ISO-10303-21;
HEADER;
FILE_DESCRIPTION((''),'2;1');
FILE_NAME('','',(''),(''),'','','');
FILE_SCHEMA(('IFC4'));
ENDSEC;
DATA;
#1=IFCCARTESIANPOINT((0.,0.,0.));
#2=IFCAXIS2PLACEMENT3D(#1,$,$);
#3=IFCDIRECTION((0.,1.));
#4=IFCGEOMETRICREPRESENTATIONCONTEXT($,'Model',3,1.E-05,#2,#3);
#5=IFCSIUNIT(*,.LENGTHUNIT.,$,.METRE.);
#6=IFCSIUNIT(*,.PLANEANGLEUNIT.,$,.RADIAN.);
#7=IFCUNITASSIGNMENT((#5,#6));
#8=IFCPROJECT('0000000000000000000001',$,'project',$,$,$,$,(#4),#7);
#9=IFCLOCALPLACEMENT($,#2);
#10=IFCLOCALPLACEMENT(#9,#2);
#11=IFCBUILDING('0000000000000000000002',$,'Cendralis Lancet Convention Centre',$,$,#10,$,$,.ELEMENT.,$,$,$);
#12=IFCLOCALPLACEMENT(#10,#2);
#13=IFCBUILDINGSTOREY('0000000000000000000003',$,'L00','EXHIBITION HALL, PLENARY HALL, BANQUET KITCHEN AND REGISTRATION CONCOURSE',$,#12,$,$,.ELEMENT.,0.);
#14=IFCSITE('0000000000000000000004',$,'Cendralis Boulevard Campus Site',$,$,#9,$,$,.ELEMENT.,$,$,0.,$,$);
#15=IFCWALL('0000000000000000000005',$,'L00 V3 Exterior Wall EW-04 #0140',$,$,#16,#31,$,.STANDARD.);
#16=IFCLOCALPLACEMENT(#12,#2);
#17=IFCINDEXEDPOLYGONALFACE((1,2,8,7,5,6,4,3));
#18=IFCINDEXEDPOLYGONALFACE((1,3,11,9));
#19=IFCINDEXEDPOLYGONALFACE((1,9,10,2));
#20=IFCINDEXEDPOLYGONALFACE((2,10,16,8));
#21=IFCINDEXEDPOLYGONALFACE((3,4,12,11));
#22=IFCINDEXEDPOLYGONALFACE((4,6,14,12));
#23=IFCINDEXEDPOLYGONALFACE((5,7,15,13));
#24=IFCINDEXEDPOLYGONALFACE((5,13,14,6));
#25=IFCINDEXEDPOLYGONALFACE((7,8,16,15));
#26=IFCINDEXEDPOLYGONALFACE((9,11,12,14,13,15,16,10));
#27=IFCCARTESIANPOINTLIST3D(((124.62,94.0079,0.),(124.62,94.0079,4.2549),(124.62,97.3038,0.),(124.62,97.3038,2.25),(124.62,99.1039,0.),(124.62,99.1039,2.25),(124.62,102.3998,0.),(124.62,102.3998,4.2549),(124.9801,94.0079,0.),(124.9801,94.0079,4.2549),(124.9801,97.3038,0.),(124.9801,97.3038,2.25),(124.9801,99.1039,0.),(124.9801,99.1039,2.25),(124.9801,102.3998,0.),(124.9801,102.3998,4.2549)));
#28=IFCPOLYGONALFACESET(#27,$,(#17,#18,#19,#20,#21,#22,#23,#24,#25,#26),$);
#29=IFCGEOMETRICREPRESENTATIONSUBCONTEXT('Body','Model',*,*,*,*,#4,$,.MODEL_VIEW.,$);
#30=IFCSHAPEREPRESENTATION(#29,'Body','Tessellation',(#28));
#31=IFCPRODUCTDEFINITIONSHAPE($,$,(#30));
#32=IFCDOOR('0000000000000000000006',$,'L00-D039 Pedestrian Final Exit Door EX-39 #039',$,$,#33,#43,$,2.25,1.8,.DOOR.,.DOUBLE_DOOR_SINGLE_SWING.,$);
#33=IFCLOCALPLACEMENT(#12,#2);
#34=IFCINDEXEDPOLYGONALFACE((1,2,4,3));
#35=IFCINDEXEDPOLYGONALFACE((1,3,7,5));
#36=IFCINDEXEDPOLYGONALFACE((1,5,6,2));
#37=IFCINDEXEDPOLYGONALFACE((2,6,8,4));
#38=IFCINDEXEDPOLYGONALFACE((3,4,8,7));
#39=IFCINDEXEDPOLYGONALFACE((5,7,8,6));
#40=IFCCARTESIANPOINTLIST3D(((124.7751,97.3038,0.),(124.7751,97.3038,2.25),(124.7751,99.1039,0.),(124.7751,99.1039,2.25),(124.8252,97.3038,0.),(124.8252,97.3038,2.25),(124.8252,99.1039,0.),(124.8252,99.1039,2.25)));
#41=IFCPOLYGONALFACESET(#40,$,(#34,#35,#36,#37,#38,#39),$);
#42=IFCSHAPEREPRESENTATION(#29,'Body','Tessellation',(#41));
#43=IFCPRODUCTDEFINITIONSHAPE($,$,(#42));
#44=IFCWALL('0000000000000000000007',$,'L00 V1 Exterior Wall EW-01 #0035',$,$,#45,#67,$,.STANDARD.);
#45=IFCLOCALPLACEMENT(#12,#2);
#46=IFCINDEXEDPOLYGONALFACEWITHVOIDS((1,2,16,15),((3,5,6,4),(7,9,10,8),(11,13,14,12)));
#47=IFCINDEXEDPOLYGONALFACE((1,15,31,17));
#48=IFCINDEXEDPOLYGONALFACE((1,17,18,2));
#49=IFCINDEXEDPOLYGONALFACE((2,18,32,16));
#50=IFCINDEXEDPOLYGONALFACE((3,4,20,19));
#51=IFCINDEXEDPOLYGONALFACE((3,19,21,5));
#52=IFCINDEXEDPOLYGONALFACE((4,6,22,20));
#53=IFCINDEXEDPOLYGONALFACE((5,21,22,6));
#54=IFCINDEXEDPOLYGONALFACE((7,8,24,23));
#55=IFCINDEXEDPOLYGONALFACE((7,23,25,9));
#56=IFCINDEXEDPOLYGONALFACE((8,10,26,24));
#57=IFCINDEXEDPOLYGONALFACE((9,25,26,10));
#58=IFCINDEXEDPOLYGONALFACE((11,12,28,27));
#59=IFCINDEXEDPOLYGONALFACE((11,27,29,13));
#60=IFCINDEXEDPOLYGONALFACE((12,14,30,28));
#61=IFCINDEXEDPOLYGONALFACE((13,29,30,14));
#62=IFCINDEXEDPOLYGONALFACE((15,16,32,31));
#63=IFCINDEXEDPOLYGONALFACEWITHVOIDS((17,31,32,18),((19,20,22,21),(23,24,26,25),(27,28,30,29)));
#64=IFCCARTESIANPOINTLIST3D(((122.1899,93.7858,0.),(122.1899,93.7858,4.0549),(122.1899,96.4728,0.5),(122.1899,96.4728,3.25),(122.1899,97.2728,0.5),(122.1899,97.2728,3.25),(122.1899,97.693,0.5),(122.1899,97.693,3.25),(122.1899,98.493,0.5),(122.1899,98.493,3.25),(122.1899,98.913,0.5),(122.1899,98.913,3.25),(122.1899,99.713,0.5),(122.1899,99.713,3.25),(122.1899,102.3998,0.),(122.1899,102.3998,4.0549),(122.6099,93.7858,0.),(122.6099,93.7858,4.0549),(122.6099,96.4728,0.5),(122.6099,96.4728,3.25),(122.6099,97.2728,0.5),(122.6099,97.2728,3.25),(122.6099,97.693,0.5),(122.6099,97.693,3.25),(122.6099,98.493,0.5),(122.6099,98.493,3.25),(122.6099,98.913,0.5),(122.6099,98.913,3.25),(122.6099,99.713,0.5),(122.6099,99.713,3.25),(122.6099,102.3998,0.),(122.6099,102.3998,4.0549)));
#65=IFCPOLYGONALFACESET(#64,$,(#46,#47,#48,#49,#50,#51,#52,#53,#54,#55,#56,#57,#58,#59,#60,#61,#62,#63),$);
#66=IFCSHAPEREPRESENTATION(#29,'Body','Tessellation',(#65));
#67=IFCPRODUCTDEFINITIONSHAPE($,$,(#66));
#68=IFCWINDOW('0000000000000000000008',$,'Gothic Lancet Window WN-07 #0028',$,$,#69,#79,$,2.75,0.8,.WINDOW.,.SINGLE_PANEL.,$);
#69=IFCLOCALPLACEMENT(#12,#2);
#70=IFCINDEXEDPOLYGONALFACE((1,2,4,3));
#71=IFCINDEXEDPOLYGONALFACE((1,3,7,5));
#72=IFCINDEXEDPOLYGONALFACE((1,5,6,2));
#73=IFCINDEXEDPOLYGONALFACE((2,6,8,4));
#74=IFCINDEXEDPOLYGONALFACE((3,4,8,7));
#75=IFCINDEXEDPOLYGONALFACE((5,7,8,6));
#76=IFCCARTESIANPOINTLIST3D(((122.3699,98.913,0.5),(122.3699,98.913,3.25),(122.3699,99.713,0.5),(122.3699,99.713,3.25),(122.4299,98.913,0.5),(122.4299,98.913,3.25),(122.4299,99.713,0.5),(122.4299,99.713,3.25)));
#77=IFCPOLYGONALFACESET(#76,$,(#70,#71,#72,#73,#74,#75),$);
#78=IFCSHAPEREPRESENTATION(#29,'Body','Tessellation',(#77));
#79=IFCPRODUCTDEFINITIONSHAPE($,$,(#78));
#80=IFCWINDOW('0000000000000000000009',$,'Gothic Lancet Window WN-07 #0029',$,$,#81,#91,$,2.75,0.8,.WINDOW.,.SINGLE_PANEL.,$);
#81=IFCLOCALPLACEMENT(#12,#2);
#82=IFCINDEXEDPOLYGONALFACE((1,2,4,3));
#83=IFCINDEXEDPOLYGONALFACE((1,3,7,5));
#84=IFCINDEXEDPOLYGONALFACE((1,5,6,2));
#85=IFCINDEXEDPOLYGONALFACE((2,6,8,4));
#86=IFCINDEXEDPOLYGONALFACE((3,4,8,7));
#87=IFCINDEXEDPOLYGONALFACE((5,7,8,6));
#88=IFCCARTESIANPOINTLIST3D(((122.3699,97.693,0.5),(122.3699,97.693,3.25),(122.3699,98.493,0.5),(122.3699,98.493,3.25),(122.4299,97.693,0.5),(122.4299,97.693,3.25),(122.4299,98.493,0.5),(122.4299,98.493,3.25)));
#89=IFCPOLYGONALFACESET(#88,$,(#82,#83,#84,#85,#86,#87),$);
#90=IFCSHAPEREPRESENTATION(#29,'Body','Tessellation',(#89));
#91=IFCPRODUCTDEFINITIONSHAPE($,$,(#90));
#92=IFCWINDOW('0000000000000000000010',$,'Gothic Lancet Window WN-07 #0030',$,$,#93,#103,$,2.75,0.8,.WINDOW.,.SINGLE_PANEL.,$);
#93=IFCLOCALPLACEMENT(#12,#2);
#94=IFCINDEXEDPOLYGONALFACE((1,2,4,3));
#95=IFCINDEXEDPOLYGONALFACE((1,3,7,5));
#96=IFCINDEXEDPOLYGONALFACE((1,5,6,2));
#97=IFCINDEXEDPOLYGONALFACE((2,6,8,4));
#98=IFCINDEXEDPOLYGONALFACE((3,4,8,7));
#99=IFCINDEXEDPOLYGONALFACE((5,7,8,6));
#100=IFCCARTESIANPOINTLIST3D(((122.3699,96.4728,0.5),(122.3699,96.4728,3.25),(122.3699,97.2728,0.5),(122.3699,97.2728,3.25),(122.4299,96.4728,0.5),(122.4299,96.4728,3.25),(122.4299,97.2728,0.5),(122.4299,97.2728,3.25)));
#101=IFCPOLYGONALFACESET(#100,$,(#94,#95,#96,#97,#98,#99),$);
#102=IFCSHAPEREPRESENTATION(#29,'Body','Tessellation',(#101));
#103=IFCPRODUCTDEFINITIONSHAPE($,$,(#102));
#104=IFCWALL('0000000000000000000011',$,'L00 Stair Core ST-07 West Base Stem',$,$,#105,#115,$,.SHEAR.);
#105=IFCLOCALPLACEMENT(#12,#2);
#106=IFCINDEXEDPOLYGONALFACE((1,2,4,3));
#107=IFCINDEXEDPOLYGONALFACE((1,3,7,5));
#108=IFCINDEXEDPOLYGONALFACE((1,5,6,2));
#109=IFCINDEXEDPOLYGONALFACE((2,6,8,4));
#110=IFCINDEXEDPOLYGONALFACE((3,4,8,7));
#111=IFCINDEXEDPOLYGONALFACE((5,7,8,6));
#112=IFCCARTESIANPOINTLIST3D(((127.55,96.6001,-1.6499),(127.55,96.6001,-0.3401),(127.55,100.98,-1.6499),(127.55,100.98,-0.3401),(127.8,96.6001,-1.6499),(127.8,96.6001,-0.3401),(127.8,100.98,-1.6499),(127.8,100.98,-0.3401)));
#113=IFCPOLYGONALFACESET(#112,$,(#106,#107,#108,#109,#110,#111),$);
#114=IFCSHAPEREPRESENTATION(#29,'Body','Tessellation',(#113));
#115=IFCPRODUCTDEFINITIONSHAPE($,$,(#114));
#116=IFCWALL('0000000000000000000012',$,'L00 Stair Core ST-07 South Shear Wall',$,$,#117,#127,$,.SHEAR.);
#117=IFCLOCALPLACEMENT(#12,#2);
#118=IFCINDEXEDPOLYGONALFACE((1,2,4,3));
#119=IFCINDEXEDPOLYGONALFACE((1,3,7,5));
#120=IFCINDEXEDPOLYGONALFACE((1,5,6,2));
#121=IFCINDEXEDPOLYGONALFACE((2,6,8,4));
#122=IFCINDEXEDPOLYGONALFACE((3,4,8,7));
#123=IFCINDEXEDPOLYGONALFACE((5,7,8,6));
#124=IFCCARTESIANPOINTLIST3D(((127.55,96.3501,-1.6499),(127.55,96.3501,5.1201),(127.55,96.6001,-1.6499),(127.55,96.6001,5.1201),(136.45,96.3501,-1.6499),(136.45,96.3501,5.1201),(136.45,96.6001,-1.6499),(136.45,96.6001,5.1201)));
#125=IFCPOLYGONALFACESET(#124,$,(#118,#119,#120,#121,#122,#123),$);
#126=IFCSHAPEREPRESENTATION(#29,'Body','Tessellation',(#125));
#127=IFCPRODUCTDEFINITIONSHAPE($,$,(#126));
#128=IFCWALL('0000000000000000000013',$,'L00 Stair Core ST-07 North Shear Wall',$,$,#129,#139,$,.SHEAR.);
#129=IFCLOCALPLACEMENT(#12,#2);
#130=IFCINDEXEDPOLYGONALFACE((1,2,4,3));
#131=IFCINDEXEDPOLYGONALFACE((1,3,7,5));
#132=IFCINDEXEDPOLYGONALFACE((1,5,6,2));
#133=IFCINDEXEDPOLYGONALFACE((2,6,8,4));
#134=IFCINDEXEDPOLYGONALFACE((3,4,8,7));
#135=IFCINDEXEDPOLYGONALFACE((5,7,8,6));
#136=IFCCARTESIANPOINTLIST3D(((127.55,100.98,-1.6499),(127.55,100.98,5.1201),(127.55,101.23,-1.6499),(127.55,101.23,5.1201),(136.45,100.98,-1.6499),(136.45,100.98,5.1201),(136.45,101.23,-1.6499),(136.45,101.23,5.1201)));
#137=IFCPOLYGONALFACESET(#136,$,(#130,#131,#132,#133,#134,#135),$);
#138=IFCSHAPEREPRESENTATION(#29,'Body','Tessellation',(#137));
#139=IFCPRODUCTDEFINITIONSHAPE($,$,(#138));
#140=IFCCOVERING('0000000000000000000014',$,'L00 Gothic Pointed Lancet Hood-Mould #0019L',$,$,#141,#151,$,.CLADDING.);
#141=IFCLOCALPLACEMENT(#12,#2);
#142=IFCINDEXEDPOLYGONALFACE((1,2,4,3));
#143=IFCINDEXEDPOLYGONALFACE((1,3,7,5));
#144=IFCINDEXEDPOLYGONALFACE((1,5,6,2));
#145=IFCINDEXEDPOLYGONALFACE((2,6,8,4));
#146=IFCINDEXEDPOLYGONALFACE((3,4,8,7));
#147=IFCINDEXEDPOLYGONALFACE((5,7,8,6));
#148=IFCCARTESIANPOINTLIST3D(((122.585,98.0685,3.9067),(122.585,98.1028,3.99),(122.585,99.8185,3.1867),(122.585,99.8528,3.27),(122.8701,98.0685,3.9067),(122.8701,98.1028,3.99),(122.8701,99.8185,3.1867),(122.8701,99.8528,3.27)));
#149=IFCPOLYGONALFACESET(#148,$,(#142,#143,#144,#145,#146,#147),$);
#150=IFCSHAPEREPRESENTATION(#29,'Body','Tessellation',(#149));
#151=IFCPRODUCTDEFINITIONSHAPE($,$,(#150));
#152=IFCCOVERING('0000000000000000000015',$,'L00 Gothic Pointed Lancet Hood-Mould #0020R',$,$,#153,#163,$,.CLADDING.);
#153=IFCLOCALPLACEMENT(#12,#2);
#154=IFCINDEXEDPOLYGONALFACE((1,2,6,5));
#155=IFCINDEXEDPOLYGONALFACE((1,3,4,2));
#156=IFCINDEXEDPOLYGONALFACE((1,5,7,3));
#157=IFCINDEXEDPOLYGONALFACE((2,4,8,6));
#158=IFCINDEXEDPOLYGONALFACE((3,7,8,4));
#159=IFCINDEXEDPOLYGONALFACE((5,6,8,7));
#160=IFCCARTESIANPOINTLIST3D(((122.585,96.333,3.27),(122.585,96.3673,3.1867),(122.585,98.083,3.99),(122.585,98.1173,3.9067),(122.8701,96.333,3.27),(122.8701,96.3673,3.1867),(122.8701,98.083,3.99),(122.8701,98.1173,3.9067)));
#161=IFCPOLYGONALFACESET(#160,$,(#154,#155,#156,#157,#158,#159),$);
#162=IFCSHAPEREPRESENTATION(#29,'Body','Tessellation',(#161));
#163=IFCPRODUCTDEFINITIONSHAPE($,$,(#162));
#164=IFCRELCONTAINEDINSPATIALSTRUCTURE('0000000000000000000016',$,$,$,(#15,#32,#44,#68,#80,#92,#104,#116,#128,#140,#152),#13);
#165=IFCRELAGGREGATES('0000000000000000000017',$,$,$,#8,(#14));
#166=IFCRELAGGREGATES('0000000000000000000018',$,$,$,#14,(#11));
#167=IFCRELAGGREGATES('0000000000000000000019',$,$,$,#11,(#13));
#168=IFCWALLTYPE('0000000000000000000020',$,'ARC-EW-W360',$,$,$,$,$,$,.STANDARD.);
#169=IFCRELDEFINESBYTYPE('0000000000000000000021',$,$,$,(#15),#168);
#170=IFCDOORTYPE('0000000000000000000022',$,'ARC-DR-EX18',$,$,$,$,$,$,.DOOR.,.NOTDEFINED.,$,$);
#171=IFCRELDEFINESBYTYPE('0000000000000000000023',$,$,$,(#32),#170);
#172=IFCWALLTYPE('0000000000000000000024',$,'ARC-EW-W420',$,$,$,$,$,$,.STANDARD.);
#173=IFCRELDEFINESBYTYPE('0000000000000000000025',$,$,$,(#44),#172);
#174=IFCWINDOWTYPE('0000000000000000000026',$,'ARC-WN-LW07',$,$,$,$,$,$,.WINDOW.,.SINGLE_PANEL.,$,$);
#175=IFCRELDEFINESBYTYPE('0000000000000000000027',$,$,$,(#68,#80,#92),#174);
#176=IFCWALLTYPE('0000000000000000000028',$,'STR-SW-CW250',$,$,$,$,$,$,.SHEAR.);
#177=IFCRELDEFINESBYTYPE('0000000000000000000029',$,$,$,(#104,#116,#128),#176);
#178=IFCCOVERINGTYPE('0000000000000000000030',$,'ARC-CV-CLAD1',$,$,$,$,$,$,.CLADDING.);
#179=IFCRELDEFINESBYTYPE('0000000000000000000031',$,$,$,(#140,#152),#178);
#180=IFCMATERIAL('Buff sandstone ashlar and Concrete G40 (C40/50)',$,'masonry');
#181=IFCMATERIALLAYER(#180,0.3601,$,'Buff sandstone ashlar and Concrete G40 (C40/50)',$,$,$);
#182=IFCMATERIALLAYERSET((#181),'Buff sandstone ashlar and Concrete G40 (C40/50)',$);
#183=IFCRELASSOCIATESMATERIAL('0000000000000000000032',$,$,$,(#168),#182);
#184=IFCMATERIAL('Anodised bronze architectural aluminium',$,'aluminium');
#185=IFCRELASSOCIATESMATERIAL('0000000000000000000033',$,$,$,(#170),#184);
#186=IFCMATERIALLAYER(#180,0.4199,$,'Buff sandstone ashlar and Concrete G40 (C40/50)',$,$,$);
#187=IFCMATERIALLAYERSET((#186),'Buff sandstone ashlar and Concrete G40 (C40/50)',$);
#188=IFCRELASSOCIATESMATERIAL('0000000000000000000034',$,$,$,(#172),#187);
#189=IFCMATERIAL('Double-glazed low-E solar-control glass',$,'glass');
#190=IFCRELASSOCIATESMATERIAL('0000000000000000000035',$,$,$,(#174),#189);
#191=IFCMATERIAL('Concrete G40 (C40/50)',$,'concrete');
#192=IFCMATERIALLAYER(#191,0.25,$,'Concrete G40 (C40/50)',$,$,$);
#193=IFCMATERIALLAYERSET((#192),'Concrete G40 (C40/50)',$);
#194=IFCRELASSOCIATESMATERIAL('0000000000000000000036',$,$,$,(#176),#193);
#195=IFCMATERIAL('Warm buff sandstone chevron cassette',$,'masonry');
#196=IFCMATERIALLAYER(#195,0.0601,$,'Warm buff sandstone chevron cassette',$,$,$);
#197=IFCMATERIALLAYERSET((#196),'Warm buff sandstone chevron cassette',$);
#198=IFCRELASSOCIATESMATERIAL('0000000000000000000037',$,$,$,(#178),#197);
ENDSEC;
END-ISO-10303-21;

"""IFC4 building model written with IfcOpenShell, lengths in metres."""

from ifc_helpers import new_model, si_unit, direction, frame, frame_2d, origin, place, context, subcontext, project, spatial, polyline, rectangle, outline, extrude, material, layer, layer_set, type_object, element, fill, save


model = new_model("IFC4")

# Units and contexts
model_context = context("Model", 3, precision=1e-05, world=origin(), true_north=direction((0.0, 1.0)))
body_context = subcontext(model_context, "Body", "Model", "MODEL_VIEW")
ifc_project = project(units=[si_unit("LENGTHUNIT", "METRE"), si_unit("PLANEANGLEUNIT", "RADIAN")], contexts=[model_context])

# Site, building, storey
site_placement = place(None, origin())
site = spatial("IfcSite", under=ifc_project, at=site_placement, Name="Cendralis Boulevard Campus Site", CompositionType="ELEMENT", RefElevation=0.0)
building_placement = place(site_placement, origin())
building = spatial("IfcBuilding", under=site, at=building_placement, Name="Cendralis Lancet Convention Centre", CompositionType="ELEMENT")
storey_placement = place(building_placement, origin())
storey = spatial("IfcBuildingStorey", under=building, at=storey_placement, Name="L00", Description="EXHIBITION HALL, PLENARY HALL, BANQUET KITCHEN AND REGISTRATION CONCOURSE", CompositionType="ELEMENT", Elevation=0.0)

# Shared definitions
ifc_material_1 = material(Name="Anodised bronze architectural aluminium", Category="aluminium")

# Shared definitions
ifc_material_2 = material(Name="Double-glazed low-E solar-control glass", Category="glass")

# Wall, opening, door
ifc_material_3 = material(Name="Buff sandstone ashlar and Concrete G40 (C40/50)", Category="masonry")
ifc_layer_1 = layer(ifc_material_3, 0.3601, Name="Buff sandstone ashlar and Concrete G40 (C40/50)")
ifc_layer_set_1 = layer_set([ifc_layer_1], Name="Buff sandstone ashlar and Concrete G40 (C40/50)")
wall_type_1 = type_object("IfcWallType", Name="ARC-EW-W360", PredefinedType="STANDARD", material=ifc_layer_set_1)
wall_1_placement = place(storey_placement, frame((124.8, 94.0081, 0.0), z_axis=(0.0, 0.0, 1.0), x_axis=(0.0, 1.0, 0.0)))
wall_1 = element("IfcWall", 1, at=wall_1_placement, inside=storey, type_object=wall_type_1, Name="L00 V3 Exterior Wall EW-04 #0140", PredefinedType="STANDARD", context=body_context, shape_type="SweptSolid", body=[
    extrude(rectangle(XDim=8.3918, YDim=0.3601, at=frame_2d((4.1958, 0.0))), origin(), (0.0, 0.0, 1.0), 4.2549),
])
opening_1_placement = place(wall_1_placement, frame((3.2959, 0.0, 0.0)))
opening_1 = element("IfcOpeningElement", 2, at=opening_1_placement, cuts=wall_1, PredefinedType="OPENING", context=body_context, shape_type="SweptSolid", body=[
    extrude(rectangle(XDim=1.8, YDim=2.25, at=frame_2d((0.8999, 1.125))), frame((0.0, 0.1899, 0.0), z_axis=(0.0, -1.0, 0.0), x_axis=(1.0, 0.0, 0.0)), (0.0, 0.0, 1.0), 0.3801),
])
door_type_1 = type_object("IfcDoorType", Name="ARC-DR-EX18", OperationType="NOTDEFINED", PredefinedType="DOOR", material=ifc_material_1)
door_1_placement = place(opening_1_placement, origin())
door_1 = element("IfcDoor", 3, at=door_1_placement, inside=storey, type_object=door_type_1, Name="L00-D039 Pedestrian Final Exit Door EX-39 #039", OperationType="DOUBLE_DOOR_SINGLE_SWING", OverallHeight=2.25, OverallWidth=1.8, PredefinedType="DOOR", context=body_context, shape_type="SweptSolid", body=[
    extrude(rectangle(XDim=1.8, YDim=2.25, at=frame_2d((0.8999, 1.125))), frame((0.0, 0.0249, 0.0), z_axis=(0.0, -1.0, 0.0), x_axis=(1.0, 0.0, 0.0)), (0.0, 0.0, 1.0), 0.05),
])
fill(opening_1, door_1)

# Wall, openings, windows
ifc_layer_2 = layer(ifc_material_3, 0.4199, Name="Buff sandstone ashlar and Concrete G40 (C40/50)")
ifc_layer_set_2 = layer_set([ifc_layer_2], Name="Buff sandstone ashlar and Concrete G40 (C40/50)")
wall_type_2 = type_object("IfcWallType", Name="ARC-EW-W420", PredefinedType="STANDARD", material=ifc_layer_set_2)
wall_2_placement = place(storey_placement, frame((122.3999, 102.3999, 0.0), z_axis=(0.0, 0.0, 1.0), x_axis=(0.0, -1.0, 0.0)))
wall_2 = element("IfcWall", 4, at=wall_2_placement, inside=storey, type_object=wall_type_2, Name="L00 V1 Exterior Wall EW-01 #0035", PredefinedType="STANDARD", context=body_context, shape_type="SweptSolid", body=[
    extrude(rectangle(XDim=8.614, YDim=0.4199, at=frame_2d((4.3071, 0.0))), origin(), (0.0, 0.0, 1.0), 4.0549),
])
opening_2_placement = place(wall_2_placement, frame((2.687, 0.0, 0.5)))
opening_2 = element("IfcOpeningElement", 5, at=opening_2_placement, cuts=wall_2, PredefinedType="OPENING", context=body_context, shape_type="SweptSolid", body=[
    extrude(rectangle(XDim=0.8, YDim=2.75, at=frame_2d((0.3999, 1.375))), frame((0.0, 0.22, 0.0), z_axis=(0.0, -1.0, 0.0), x_axis=(1.0, 0.0, 0.0)), (0.0, 0.0, 1.0), 0.4399),
])
opening_3_placement = place(wall_2_placement, frame((3.907, 0.0, 0.5)))
opening_3 = element("IfcOpeningElement", 6, at=opening_3_placement, cuts=wall_2, PredefinedType="OPENING", context=body_context, shape_type="SweptSolid", body=[
    extrude(rectangle(XDim=0.8, YDim=2.75, at=frame_2d((0.3999, 1.375))), frame((0.0, 0.22, 0.0), z_axis=(0.0, -1.0, 0.0), x_axis=(1.0, 0.0, 0.0)), (0.0, 0.0, 1.0), 0.4399),
])
opening_4_placement = place(wall_2_placement, frame((5.1272, 0.0, 0.5)))
opening_4 = element("IfcOpeningElement", 7, at=opening_4_placement, cuts=wall_2, PredefinedType="OPENING", context=body_context, shape_type="SweptSolid", body=[
    extrude(rectangle(XDim=0.8, YDim=2.75, at=frame_2d((0.3999, 1.375))), frame((0.0, 0.22, 0.0), z_axis=(0.0, -1.0, 0.0), x_axis=(1.0, 0.0, 0.0)), (0.0, 0.0, 1.0), 0.4399),
])
window_type = type_object("IfcWindowType", Name="ARC-WN-LW07", PartitioningType="SINGLE_PANEL", PredefinedType="WINDOW", material=ifc_material_2)
window_1_placement = place(opening_2_placement, origin())
window_1 = element("IfcWindow", 8, at=window_1_placement, inside=storey, type_object=window_type, Name="Gothic Lancet Window WN-07 #0028", OverallHeight=2.75, OverallWidth=0.8, PartitioningType="SINGLE_PANEL", PredefinedType="WINDOW", context=body_context, shape_type="SweptSolid", body=[
    extrude(rectangle(XDim=0.8, YDim=2.75, at=frame_2d((0.3999, 1.375))), frame((0.0, 0.03, 0.0), z_axis=(0.0, -1.0, 0.0), x_axis=(1.0, 0.0, 0.0)), (0.0, 0.0, 1.0), 0.0601),
])
fill(opening_2, window_1)
window_2_placement = place(opening_3_placement, origin())
window_2 = element("IfcWindow", 9, at=window_2_placement, inside=storey, type_object=window_type, Name="Gothic Lancet Window WN-07 #0029", OverallHeight=2.75, OverallWidth=0.8, PartitioningType="SINGLE_PANEL", PredefinedType="WINDOW", context=body_context, shape_type="SweptSolid", body=[
    extrude(rectangle(XDim=0.8, YDim=2.75, at=frame_2d((0.3999, 1.375))), frame((0.0, 0.03, 0.0), z_axis=(0.0, -1.0, 0.0), x_axis=(1.0, 0.0, 0.0)), (0.0, 0.0, 1.0), 0.0601),
])
fill(opening_3, window_2)
window_3_placement = place(opening_4_placement, origin())
window_3 = element("IfcWindow", 10, at=window_3_placement, inside=storey, type_object=window_type, Name="Gothic Lancet Window WN-07 #0030", OverallHeight=2.75, OverallWidth=0.8, PartitioningType="SINGLE_PANEL", PredefinedType="WINDOW", context=body_context, shape_type="SweptSolid", body=[
    extrude(rectangle(XDim=0.8, YDim=2.75, at=frame_2d((0.3999, 1.375))), frame((0.0, 0.03, 0.0), z_axis=(0.0, -1.0, 0.0), x_axis=(1.0, 0.0, 0.0)), (0.0, 0.0, 1.0), 0.0601),
])
fill(opening_4, window_3)

# Wall
ifc_material_4 = material(Name="Concrete G40 (C40/50)", Category="concrete")
ifc_layer_3 = layer(ifc_material_4, 0.25, Name="Concrete G40 (C40/50)")
ifc_layer_set_3 = layer_set([ifc_layer_3], Name="Concrete G40 (C40/50)")
wall_type_3 = type_object("IfcWallType", Name="STR-SW-CW250", PredefinedType="SHEAR", material=ifc_layer_set_3)
wall_3_placement = place(storey_placement, frame((127.675, 96.6001, -1.6499), z_axis=(0.0, 0.0, 1.0), x_axis=(0.0, 1.0, 0.0)))
element("IfcWall", 11, at=wall_3_placement, inside=storey, type_object=wall_type_3, Name="L00 Stair Core ST-07 West Base Stem", PredefinedType="SHEAR", context=body_context, shape_type="SweptSolid", body=[
    extrude(rectangle(XDim=4.3799, YDim=0.25, at=frame_2d((2.1899, 0.0))), origin(), (0.0, 0.0, 1.0), 1.3098),
])

# Walls
for number, where, z_axis, x_axis, name in (
    (12, (127.55, 96.4751, -1.6499), (0.0, 0.0, 1.0), (1.0, 0.0, 0.0), "L00 Stair Core ST-07 South Shear Wall"),
    (13, (127.55, 101.105, -1.6499), (0.0, 0.0, 1.0), (1.0, 0.0, 0.0), "L00 Stair Core ST-07 North Shear Wall"),
):
    element("IfcWall", number, at=place(storey_placement, frame(where, z_axis=z_axis, x_axis=x_axis)), inside=storey, type_object=wall_type_3, Name=name, PredefinedType="SHEAR", context=body_context, shape_type="SweptSolid", body=[
        extrude(rectangle(XDim=8.8999, YDim=0.25, at=frame_2d((4.45, 0.0))), origin(), (0.0, 0.0, 1.0), 6.77),
    ])

# Coverings
ifc_material_5 = material(Name="Warm buff sandstone chevron cassette", Category="masonry")
ifc_layer_4 = layer(ifc_material_5, 0.0601, Name="Warm buff sandstone chevron cassette")
ifc_layer_set_4 = layer_set([ifc_layer_4], Name="Warm buff sandstone chevron cassette")
covering_type = type_object("IfcCoveringType", Name="ARC-CV-CLAD1", PredefinedType="CLADDING", material=ifc_layer_set_4)
for number, where, z_axis, x_axis, name in (
    (14, (122.8701, 99.8528, 3.27), (0.0, 0.380471, 0.924793), (-1.0, 0.0, 0.0), "L00 Gothic Pointed Lancet Hood-Mould #0019L"),
    (15, (122.8701, 98.083, 3.99), (0.0, -0.380471, 0.924793), (-1.0, 0.0, 0.0), "L00 Gothic Pointed Lancet Hood-Mould #0020R"),
):
    element("IfcCovering", number, at=place(storey_placement, frame(where, z_axis=z_axis, x_axis=x_axis)), inside=storey, type_object=covering_type, Name=name, PredefinedType="CLADDING", context=body_context, shape_type="SweptSolid", body=[
        extrude(outline(polyline([(0.0, 0.0), (0.2852, 0.0), (0.2852, 1.8923), (0.0, 1.8923), (0.0, 0.0)])), origin(), (0.0, 0.0, -1.0), 0.0901),
    ])

save(model, "model.ifc")
